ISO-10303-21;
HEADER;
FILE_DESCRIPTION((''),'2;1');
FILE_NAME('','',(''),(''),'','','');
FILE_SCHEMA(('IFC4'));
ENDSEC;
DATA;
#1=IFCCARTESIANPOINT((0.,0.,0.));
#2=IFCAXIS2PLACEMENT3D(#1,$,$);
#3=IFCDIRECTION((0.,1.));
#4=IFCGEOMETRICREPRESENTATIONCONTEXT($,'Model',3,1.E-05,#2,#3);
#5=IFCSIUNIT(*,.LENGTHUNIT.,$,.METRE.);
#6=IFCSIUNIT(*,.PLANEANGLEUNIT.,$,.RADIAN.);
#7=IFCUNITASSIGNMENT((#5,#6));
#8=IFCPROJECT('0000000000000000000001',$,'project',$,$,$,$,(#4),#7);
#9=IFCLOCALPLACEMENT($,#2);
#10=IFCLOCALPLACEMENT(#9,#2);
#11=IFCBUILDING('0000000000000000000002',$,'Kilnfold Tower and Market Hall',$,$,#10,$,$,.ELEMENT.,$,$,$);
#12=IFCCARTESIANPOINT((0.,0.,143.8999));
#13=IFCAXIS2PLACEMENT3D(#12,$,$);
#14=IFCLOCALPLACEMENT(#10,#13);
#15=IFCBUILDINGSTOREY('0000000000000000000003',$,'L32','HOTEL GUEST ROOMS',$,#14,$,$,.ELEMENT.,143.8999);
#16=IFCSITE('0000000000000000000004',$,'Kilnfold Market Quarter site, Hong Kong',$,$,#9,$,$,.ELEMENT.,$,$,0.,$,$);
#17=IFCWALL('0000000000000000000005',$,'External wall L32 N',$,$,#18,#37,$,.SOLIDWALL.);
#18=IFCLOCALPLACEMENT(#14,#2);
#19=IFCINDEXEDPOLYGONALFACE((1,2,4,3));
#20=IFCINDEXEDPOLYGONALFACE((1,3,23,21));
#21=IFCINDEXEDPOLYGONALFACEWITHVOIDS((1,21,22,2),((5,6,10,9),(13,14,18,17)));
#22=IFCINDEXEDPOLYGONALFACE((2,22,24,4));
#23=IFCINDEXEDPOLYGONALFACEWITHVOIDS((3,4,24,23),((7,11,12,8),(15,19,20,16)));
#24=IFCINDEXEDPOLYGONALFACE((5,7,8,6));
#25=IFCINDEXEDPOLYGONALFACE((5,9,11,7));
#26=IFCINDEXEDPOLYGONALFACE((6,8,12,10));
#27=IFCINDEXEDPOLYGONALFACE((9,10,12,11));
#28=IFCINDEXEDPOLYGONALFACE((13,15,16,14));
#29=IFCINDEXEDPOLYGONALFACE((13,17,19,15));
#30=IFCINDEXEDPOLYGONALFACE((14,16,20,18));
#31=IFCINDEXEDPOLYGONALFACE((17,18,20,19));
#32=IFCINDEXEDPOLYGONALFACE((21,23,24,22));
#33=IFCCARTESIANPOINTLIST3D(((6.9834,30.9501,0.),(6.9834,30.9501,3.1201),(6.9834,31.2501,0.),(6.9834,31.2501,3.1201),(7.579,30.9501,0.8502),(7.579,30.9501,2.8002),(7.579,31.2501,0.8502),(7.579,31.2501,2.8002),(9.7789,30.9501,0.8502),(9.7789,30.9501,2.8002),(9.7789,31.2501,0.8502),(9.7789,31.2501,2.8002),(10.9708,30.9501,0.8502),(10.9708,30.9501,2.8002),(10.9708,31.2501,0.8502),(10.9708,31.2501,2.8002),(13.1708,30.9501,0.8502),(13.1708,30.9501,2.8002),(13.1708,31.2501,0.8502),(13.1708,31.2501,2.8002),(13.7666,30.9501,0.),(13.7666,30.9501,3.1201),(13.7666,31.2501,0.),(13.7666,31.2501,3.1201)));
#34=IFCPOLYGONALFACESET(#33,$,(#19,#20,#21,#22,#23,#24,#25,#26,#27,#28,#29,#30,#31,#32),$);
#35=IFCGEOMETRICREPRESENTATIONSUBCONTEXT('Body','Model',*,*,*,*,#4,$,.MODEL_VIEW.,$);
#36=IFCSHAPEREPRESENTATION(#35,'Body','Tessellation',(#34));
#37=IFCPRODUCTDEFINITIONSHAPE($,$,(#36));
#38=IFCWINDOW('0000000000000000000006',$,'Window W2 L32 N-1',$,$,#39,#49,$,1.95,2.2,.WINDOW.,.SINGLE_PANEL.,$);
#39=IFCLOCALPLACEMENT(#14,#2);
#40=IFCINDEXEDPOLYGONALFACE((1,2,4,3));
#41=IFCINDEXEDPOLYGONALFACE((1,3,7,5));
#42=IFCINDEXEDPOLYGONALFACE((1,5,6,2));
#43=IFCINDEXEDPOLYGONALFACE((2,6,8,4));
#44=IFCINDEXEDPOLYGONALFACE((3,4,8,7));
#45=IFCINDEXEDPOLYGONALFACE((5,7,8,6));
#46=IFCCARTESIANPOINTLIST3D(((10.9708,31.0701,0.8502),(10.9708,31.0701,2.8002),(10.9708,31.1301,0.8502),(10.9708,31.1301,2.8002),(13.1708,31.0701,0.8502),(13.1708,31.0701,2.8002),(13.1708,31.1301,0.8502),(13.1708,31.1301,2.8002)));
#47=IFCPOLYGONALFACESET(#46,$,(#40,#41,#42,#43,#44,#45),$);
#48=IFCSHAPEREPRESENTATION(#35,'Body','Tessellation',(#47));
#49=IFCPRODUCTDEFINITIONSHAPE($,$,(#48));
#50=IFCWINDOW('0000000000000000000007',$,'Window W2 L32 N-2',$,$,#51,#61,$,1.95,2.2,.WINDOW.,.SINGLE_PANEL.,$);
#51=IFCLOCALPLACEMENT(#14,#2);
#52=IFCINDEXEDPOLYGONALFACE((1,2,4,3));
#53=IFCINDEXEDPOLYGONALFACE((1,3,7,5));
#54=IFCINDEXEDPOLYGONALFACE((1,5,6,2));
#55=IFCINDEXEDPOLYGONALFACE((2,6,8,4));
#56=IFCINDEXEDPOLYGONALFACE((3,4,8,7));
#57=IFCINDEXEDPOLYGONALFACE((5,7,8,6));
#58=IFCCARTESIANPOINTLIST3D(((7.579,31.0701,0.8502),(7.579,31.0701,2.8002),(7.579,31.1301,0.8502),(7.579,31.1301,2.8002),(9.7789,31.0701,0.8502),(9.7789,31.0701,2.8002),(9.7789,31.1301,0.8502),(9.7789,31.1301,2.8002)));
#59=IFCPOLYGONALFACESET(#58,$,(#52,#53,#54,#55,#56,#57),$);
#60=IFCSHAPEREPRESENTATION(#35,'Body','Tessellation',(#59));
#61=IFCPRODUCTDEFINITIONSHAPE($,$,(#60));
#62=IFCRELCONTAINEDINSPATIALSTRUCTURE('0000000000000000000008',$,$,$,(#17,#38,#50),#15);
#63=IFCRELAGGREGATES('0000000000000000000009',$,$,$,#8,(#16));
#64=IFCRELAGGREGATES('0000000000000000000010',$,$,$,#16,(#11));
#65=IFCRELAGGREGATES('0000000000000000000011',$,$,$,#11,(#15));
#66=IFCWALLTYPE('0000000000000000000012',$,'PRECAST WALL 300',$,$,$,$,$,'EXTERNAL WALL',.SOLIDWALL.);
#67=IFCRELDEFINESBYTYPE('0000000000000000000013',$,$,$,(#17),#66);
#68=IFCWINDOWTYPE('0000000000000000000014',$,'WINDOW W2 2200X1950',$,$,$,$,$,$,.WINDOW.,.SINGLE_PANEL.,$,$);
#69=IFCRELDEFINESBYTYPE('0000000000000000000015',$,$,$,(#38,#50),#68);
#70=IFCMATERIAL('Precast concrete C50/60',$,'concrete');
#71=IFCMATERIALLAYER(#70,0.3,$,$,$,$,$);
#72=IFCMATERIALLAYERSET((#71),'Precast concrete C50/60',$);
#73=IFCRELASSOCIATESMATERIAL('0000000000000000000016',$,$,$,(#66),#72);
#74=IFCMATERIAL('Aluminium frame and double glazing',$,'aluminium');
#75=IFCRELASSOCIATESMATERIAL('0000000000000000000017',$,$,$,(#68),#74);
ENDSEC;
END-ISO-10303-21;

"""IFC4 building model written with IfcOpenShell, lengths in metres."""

from ifc_helpers import new_model, si_unit, direction, frame, frame_2d, origin, place, context, subcontext, project, spatial, rectangle, extrude, source, transform, mapped, material, layer, layer_set, type_object, element, fill, save


model = new_model("IFC4")

# Units and contexts
model_context = context("Model", 3, precision=1e-05, world=origin(), true_north=direction((0.0, 1.0)))
body_context = subcontext(model_context, "Body", "Model", "MODEL_VIEW")
ifc_project = project(units=[si_unit("LENGTHUNIT", "METRE"), si_unit("PLANEANGLEUNIT", "RADIAN")], contexts=[model_context])

# Site, building, storey
site_placement = place(None, origin())
site = spatial("IfcSite", under=ifc_project, at=site_placement, Name="Kilnfold Market Quarter site, Hong Kong", CompositionType="ELEMENT", RefElevation=0.0)
building_placement = place(site_placement, origin())
building = spatial("IfcBuilding", under=site, at=building_placement, Name="Kilnfold Tower and Market Hall", CompositionType="ELEMENT")
storey_placement = place(building_placement, frame((0.0, 0.0, 143.8999)))
storey = spatial("IfcBuildingStorey", under=building, at=storey_placement, Name="L32", Description="HOTEL GUEST ROOMS", CompositionType="ELEMENT", Elevation=143.8999)

# Wall, openings, windows
ifc_material_1 = material(Name="Precast concrete C50/60", Category="concrete")
ifc_layer_1 = layer(ifc_material_1, 0.3)
ifc_layer_set_1 = layer_set([ifc_layer_1], Name="Precast concrete C50/60")
wall_type_1 = type_object("IfcWallType", Name="PRECAST WALL 300", ElementType="EXTERNAL WALL", PredefinedType="SOLIDWALL", material=ifc_layer_set_1)
shared_shape_1 = source(origin(), body_context, "Body", "SweptSolid", [
    extrude(rectangle(XDim=6.7832, YDim=0.3, at=frame_2d((3.3916, 0.0))), origin(), (0.0, 0.0, 1.0), 3.1201),
])
wall_1_placement = place(storey_placement, frame((13.7666, 31.1001, 0.0), z_axis=(0.0, 0.0, 1.0), x_axis=(-1.0, 0.0, 0.0)))
wall_1 = element("IfcWall", 1, at=wall_1_placement, inside=storey, type_object=wall_type_1, Name="External wall L32 N", PredefinedType="SOLIDWALL", context=body_context, shape_type="MappedRepresentation", body=[
    mapped(shared_shape_1, transform((0.0, 0.0, 0.0))),
])
opening_1_placement = place(wall_1_placement, frame((0.5957, 0.0, 0.8501)))
opening_1 = element("IfcOpeningElement", 2, at=opening_1_placement, cuts=wall_1, PredefinedType="OPENING", context=body_context, shape_type="SweptSolid", body=[
    extrude(rectangle(XDim=2.2, YDim=1.95, at=frame_2d((1.1001, 0.9751))), frame((0.0, 0.1602, 0.0), z_axis=(0.0, -1.0, 0.0), x_axis=(1.0, 0.0, 0.0)), (0.0, 0.0, 1.0), 0.3201),
])
opening_2_placement = place(wall_1_placement, frame((3.9875, 0.0, 0.8501)))
opening_2 = element("IfcOpeningElement", 3, at=opening_2_placement, cuts=wall_1, PredefinedType="OPENING", context=body_context, shape_type="SweptSolid", body=[
    extrude(rectangle(XDim=2.2, YDim=1.95, at=frame_2d((1.1001, 0.9751))), frame((0.0, 0.1602, 0.0), z_axis=(0.0, -1.0, 0.0), x_axis=(1.0, 0.0, 0.0)), (0.0, 0.0, 1.0), 0.3201),
])
ifc_material_2 = material(Name="Aluminium frame and double glazing", Category="aluminium")
window_type = type_object("IfcWindowType", Name="WINDOW W2 2200X1950", PartitioningType="SINGLE_PANEL", PredefinedType="WINDOW", material=ifc_material_2)
window_1_placement = place(opening_1_placement, origin())
window_1 = element("IfcWindow", 4, at=window_1_placement, inside=storey, type_object=window_type, Name="Window W2 L32 N-1", OverallHeight=1.95, OverallWidth=2.2, PartitioningType="SINGLE_PANEL", PredefinedType="WINDOW", context=body_context, shape_type="SweptSolid", body=[
    extrude(rectangle(XDim=2.2, YDim=1.95, at=frame_2d((1.1001, 0.9751))), frame((0.0, 0.03, 0.0), z_axis=(0.0, -1.0, 0.0), x_axis=(1.0, 0.0, 0.0)), (0.0, 0.0, 1.0), 0.0601),
])
fill(opening_1, window_1)
window_2_placement = place(opening_2_placement, origin())
window_2 = element("IfcWindow", 5, at=window_2_placement, inside=storey, type_object=window_type, Name="Window W2 L32 N-2", OverallHeight=1.95, OverallWidth=2.2, PartitioningType="SINGLE_PANEL", PredefinedType="WINDOW", context=body_context, shape_type="SweptSolid", body=[
    extrude(rectangle(XDim=2.2, YDim=1.95, at=frame_2d((1.1001, 0.9751))), frame((0.0, 0.03, 0.0), z_axis=(0.0, -1.0, 0.0), x_axis=(1.0, 0.0, 0.0)), (0.0, 0.0, 1.0), 0.0601),
])
fill(opening_2, window_2)

save(model, "model.ifc")
